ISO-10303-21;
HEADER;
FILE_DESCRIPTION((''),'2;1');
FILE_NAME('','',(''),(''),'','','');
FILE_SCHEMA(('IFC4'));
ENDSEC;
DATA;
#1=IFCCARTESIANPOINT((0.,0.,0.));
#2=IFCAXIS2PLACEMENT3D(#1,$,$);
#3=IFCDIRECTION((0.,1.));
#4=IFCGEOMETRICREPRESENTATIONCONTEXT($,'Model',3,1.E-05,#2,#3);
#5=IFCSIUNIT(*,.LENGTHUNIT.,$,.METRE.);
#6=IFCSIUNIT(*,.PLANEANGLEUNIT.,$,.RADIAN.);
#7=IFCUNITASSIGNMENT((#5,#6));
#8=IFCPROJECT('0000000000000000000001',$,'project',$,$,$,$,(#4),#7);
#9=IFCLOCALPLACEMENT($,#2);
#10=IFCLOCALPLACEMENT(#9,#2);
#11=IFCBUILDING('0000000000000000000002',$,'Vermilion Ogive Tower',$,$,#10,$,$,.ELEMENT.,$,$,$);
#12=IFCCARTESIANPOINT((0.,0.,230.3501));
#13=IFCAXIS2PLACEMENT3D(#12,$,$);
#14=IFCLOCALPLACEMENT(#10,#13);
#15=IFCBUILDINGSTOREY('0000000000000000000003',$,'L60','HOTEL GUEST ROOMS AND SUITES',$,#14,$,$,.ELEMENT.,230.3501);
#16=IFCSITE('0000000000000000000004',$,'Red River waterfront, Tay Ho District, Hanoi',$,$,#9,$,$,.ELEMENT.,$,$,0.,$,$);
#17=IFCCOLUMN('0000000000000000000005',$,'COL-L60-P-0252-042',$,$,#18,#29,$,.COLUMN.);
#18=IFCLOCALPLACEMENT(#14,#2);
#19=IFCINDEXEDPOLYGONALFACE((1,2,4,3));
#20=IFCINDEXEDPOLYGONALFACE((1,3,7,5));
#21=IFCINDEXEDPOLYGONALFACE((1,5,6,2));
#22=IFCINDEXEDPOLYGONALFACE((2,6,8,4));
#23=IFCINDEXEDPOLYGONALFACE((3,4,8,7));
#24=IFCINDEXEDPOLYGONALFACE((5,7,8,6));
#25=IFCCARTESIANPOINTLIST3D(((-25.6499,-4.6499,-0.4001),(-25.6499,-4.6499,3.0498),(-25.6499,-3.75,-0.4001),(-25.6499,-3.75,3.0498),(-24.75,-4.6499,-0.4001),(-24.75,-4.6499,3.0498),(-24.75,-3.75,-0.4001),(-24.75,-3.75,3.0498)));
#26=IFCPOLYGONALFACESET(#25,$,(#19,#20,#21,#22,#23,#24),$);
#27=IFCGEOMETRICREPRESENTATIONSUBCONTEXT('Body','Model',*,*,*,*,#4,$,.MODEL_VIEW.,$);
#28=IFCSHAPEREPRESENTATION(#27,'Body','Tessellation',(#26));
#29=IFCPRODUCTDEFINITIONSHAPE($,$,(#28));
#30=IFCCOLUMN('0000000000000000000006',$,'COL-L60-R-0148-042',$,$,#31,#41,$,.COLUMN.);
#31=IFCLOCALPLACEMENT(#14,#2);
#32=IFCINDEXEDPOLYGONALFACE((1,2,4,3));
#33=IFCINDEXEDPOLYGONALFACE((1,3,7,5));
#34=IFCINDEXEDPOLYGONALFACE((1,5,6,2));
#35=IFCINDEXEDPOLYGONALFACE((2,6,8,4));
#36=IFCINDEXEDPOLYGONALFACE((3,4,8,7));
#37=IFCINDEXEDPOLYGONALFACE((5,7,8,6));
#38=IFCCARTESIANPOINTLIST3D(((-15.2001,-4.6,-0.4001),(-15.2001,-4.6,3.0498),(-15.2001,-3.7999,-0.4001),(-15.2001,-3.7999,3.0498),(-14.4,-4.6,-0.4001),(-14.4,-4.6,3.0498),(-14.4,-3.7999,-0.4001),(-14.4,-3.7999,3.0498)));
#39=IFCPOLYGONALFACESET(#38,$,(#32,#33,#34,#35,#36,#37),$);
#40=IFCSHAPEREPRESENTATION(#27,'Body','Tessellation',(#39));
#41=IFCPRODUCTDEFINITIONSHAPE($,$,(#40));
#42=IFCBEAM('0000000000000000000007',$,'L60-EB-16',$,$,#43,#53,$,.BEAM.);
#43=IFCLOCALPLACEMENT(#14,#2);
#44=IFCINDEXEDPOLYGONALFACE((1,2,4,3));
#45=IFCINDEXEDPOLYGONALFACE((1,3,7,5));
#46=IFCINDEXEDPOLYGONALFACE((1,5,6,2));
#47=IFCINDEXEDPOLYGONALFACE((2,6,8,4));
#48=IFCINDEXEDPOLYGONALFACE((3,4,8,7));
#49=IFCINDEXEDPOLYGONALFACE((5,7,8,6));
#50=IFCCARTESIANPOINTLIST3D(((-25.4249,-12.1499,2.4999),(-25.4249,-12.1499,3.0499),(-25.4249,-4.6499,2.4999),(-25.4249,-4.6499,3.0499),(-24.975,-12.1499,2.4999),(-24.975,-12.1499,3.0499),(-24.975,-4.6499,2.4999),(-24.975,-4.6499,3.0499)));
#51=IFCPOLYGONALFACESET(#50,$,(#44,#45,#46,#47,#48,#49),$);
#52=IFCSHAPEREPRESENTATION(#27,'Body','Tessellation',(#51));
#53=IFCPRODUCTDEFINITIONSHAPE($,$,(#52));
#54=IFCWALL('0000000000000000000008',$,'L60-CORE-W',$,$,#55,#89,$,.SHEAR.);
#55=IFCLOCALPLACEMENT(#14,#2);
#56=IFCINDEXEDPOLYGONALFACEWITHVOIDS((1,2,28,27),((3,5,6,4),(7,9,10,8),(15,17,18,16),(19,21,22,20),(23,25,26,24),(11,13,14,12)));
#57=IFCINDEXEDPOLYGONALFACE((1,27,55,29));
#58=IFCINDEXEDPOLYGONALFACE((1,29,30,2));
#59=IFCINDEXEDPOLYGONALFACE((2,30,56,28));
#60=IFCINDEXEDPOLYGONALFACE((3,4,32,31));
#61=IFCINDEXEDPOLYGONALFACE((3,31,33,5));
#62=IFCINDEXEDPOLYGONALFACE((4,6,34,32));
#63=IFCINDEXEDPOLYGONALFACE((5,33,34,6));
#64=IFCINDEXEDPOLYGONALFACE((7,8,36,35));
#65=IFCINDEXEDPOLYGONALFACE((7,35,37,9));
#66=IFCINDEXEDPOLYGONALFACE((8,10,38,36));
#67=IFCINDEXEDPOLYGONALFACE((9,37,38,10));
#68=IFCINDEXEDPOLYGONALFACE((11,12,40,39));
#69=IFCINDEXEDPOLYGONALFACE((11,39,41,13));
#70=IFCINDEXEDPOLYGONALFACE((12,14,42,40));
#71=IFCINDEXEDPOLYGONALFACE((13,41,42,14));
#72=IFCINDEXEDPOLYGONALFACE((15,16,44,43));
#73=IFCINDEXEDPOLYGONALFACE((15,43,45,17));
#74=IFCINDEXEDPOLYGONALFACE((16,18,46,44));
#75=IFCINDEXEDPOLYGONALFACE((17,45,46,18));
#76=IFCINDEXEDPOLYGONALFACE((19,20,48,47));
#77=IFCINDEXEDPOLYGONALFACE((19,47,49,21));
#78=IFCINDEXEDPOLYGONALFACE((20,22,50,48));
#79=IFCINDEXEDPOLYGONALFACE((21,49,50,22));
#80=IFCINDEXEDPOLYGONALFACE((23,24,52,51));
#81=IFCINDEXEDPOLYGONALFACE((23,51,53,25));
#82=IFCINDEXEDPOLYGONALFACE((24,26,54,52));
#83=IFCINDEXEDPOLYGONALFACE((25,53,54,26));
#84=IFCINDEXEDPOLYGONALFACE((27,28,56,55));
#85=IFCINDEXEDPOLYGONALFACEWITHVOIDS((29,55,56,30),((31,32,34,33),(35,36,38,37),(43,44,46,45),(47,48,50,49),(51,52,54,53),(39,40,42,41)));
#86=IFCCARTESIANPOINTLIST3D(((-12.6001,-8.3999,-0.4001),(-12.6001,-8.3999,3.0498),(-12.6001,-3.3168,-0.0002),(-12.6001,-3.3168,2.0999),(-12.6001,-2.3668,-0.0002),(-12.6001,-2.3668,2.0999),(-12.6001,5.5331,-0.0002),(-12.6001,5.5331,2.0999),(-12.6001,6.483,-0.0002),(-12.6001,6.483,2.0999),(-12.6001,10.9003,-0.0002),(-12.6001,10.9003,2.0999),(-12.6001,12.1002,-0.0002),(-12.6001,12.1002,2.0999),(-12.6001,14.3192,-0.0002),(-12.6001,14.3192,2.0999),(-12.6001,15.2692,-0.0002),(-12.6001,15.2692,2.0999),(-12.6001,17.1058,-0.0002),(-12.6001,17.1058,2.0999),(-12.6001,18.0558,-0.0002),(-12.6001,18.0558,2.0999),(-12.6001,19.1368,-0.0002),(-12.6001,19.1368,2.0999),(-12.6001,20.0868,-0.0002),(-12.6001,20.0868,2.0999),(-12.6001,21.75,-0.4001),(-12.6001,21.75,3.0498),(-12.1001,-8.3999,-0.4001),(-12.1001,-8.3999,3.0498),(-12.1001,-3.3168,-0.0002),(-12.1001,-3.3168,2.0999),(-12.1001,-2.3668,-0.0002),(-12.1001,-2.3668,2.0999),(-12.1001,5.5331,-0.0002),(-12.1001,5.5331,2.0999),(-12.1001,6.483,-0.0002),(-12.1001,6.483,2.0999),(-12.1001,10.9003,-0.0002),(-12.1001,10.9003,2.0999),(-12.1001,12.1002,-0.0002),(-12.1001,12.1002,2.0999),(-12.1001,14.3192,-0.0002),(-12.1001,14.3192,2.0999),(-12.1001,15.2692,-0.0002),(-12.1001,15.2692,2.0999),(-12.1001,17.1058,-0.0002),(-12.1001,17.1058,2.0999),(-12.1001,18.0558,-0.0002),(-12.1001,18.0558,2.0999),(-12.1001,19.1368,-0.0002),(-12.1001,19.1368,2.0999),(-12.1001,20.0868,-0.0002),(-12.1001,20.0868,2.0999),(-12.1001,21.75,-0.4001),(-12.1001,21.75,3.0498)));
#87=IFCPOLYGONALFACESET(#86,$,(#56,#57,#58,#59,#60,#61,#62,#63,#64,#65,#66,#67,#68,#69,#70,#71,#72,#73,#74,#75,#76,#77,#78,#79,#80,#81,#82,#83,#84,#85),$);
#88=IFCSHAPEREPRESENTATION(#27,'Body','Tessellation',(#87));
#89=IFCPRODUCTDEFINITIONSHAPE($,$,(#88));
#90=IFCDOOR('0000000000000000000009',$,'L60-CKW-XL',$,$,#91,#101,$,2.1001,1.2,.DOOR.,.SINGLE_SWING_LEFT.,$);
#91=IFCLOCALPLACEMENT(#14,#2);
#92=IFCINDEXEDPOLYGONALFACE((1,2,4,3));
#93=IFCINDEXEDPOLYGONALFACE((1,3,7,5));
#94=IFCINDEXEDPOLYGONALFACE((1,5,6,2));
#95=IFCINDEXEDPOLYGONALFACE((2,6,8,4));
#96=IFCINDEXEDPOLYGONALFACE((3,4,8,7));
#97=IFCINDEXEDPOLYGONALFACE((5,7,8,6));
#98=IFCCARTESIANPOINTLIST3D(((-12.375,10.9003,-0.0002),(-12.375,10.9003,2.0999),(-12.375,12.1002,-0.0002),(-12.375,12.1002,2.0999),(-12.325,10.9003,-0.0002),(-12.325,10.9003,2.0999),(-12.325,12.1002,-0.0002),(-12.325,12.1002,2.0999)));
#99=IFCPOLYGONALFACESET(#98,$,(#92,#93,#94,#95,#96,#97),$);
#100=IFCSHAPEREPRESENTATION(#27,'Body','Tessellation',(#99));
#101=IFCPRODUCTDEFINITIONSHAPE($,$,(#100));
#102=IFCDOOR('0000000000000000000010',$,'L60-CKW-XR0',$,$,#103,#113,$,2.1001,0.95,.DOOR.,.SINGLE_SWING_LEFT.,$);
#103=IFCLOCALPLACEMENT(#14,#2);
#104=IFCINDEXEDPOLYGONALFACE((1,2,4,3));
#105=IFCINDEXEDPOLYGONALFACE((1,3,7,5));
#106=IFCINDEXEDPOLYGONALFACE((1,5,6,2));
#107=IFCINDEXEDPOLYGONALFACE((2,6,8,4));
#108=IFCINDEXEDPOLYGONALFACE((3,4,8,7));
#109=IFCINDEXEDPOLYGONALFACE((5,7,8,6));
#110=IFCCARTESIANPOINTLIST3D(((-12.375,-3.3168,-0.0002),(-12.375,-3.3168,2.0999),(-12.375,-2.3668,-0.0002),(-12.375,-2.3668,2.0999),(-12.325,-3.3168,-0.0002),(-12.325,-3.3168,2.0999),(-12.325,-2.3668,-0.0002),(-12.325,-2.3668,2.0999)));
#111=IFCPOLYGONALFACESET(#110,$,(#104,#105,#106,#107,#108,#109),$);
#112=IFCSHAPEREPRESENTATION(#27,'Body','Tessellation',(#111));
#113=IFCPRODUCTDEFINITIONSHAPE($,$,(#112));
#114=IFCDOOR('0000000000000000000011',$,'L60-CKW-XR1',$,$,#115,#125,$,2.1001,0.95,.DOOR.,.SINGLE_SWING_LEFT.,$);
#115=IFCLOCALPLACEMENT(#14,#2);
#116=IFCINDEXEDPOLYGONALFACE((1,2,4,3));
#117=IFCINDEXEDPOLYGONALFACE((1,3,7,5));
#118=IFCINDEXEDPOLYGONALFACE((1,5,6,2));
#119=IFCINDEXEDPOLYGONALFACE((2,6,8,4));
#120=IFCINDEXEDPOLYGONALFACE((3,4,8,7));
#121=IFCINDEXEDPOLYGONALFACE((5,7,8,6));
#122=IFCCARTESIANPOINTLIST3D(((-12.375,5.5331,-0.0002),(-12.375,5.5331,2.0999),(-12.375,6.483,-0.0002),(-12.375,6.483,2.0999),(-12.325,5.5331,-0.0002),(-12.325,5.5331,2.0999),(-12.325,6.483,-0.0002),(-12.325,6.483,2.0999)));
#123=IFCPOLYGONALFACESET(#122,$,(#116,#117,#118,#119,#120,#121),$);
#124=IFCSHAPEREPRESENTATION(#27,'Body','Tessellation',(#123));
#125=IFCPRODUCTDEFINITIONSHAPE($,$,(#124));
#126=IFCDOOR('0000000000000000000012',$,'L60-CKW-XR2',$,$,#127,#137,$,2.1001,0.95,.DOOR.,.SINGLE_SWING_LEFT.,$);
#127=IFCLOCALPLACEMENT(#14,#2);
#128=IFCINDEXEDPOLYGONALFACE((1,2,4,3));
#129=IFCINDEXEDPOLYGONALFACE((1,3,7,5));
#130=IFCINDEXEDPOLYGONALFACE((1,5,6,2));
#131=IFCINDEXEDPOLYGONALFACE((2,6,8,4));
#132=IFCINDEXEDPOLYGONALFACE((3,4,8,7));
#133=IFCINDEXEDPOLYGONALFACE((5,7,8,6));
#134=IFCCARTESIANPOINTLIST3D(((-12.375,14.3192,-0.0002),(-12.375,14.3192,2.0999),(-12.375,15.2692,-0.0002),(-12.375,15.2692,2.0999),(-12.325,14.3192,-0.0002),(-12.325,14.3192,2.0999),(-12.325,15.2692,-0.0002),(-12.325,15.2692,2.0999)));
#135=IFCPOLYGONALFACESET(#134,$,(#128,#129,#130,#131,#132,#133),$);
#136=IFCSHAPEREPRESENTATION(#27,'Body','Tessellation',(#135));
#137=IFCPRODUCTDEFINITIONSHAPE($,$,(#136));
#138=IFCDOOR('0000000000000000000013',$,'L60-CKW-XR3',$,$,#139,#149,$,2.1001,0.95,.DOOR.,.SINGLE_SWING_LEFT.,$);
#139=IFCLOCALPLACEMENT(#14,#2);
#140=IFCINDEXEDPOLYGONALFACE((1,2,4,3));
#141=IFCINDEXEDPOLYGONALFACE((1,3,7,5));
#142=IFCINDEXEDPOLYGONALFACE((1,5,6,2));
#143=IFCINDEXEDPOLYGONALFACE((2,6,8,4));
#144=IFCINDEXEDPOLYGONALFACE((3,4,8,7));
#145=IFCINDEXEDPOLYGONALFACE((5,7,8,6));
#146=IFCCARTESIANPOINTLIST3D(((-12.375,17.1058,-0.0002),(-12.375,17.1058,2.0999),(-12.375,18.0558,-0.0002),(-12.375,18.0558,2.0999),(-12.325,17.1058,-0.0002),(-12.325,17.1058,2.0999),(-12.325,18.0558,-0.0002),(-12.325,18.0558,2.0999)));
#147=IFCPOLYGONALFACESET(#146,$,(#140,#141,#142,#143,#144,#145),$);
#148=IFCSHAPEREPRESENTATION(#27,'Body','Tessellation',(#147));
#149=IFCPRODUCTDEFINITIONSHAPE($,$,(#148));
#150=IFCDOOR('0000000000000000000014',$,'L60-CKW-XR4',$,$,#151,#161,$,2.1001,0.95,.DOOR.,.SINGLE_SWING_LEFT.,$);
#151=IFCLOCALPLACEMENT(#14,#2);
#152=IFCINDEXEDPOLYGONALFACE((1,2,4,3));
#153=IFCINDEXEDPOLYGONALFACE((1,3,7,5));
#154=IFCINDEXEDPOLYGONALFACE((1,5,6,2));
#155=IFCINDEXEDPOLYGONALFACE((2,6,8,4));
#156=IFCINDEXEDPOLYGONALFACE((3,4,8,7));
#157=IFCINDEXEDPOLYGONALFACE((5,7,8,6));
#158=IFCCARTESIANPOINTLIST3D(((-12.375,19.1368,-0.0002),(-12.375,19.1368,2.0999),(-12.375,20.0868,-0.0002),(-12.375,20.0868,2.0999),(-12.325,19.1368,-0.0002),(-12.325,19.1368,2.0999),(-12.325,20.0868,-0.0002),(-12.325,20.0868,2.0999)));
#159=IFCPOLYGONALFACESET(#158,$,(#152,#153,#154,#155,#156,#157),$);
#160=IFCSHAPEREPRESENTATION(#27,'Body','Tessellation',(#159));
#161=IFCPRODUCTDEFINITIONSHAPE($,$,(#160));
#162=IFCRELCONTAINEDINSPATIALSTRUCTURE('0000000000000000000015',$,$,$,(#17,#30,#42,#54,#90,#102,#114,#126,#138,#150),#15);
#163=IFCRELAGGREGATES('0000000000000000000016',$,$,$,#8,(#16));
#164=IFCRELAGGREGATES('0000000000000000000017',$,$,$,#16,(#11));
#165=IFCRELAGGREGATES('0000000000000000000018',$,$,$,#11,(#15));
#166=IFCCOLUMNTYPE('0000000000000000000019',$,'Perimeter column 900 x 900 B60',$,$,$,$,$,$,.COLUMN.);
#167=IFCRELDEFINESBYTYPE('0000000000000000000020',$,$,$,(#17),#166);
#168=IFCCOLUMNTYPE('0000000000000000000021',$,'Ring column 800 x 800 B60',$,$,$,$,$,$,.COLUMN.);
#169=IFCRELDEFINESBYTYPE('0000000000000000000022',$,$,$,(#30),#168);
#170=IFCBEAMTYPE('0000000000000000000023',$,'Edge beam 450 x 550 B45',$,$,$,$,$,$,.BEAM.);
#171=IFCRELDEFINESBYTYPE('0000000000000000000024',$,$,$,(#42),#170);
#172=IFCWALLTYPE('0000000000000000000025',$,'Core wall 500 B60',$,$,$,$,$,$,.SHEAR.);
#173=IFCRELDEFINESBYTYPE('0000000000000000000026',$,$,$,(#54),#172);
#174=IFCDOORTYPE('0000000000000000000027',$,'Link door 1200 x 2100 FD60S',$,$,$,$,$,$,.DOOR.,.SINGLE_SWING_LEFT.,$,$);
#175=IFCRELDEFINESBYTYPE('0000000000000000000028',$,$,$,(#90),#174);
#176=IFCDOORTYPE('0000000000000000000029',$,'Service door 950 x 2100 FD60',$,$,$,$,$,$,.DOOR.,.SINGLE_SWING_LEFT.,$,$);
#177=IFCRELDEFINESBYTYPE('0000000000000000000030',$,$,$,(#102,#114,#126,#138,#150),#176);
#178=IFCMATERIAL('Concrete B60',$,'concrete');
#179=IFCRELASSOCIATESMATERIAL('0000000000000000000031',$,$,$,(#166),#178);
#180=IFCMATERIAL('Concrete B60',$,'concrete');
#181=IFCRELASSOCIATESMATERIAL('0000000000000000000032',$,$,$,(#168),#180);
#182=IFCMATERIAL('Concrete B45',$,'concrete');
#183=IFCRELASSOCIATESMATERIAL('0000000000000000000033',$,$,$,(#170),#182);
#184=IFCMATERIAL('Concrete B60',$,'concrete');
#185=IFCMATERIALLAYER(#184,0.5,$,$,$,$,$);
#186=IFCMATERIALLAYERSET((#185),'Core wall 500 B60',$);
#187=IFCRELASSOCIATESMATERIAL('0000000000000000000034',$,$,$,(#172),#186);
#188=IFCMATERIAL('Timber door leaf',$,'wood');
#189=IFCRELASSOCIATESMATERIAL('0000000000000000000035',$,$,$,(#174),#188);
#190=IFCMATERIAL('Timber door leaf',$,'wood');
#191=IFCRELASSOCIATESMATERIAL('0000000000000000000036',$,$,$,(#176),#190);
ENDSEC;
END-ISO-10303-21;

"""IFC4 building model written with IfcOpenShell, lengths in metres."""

from ifc_helpers import new_model, si_unit, direction, frame, frame_2d, origin, origin_2d, place, context, subcontext, project, spatial, rectangle, extrude, material, layer, layer_set, material_profile, profile_set, type_object, element, fill, save


model = new_model("IFC4")

# Units and contexts
model_context = context("Model", 3, precision=1e-05, world=origin(), true_north=direction((0.0, 1.0)))
body_context = subcontext(model_context, "Body", "Model", "MODEL_VIEW")
ifc_project = project(units=[si_unit("LENGTHUNIT", "METRE"), si_unit("PLANEANGLEUNIT", "RADIAN")], contexts=[model_context])

# Site, building, storey
site_placement = place(None, origin())
site = spatial("IfcSite", under=ifc_project, at=site_placement, Name="Red River waterfront, Tay Ho District, Hanoi", CompositionType="ELEMENT", RefElevation=0.0)
building_placement = place(site_placement, origin())
building = spatial("IfcBuilding", under=site, at=building_placement, Name="Vermilion Ogive Tower", CompositionType="ELEMENT")
storey_placement = place(building_placement, frame((0.0, 0.0, 230.3501)))
storey = spatial("IfcBuildingStorey", under=building, at=storey_placement, Name="L60", Description="HOTEL GUEST ROOMS AND SUITES", CompositionType="ELEMENT", Elevation=230.3501)

# Columns
ifc_material_1 = material(Name="Concrete B60", Category="concrete")
ifc_material_profile_1 = material_profile(ifc_material_1, rectangle(XDim=0.8999, YDim=0.8999, at=origin_2d()), Name="900 x 900")
ifc_profile_set_1 = profile_set([ifc_material_profile_1], Name="Concrete B60")
column_type_1 = type_object("IfcColumnType", Name="Perimeter column 900 x 900 B60", PredefinedType="COLUMN", material=ifc_profile_set_1)
column_1_placement = place(storey_placement, frame((-25.2, -4.2, -0.4001), z_axis=(0.0, 0.0, 1.0), x_axis=(1.0, 0.0, 0.0)))
element("IfcColumn", 1, at=column_1_placement, inside=storey, type_object=column_type_1, Name="COL-L60-P-0252-042", PredefinedType="COLUMN", context=body_context, shape_type="SweptSolid", body=[
    extrude(rectangle(XDim=0.8999, YDim=0.8999, at=origin_2d()), origin(), (0.0, 0.0, 1.0), 3.45),
])
ifc_material_2 = material(Name="Concrete B60", Category="concrete")
ifc_material_profile_2 = material_profile(ifc_material_2, rectangle(XDim=0.8, YDim=0.8, at=origin_2d()), Name="800 x 800")
ifc_profile_set_2 = profile_set([ifc_material_profile_2], Name="Concrete B60")
column_type_2 = type_object("IfcColumnType", Name="Ring column 800 x 800 B60", PredefinedType="COLUMN", material=ifc_profile_set_2)
column_2_placement = place(storey_placement, frame((-14.8, -4.2, -0.4001), z_axis=(0.0, 0.0, 1.0), x_axis=(1.0, 0.0, 0.0)))
element("IfcColumn", 2, at=column_2_placement, inside=storey, type_object=column_type_2, Name="COL-L60-R-0148-042", PredefinedType="COLUMN", context=body_context, shape_type="SweptSolid", body=[
    extrude(rectangle(XDim=0.8, YDim=0.8, at=origin_2d()), origin(), (0.0, 0.0, 1.0), 3.45),
])

# Beam
ifc_material_3 = material(Name="Concrete B45", Category="concrete")
ifc_material_profile_3 = material_profile(ifc_material_3, rectangle(XDim=0.45, YDim=0.55, at=origin_2d()), Name="450 x 550")
ifc_profile_set_3 = profile_set([ifc_material_profile_3], Name="Concrete B45")
beam_type = type_object("IfcBeamType", Name="Edge beam 450 x 550 B45", PredefinedType="BEAM", material=ifc_profile_set_3)
beam_placement = place(storey_placement, frame((-25.2, -4.6499, 2.7749), z_axis=(0.0, -1.0, 0.0), x_axis=(1.0, 0.0, 0.0)))
element("IfcBeam", 3, at=beam_placement, inside=storey, type_object=beam_type, Name="L60-EB-16", PredefinedType="BEAM", context=body_context, shape_type="SweptSolid", body=[
    extrude(rectangle(XDim=0.45, YDim=0.55, at=origin_2d()), origin(), (0.0, 0.0, 1.0), 7.5),
])

# Wall, openings, doors
ifc_material_4 = material(Name="Concrete B60", Category="concrete")
ifc_layer_1 = layer(ifc_material_4, 0.5)
ifc_layer_set_1 = layer_set([ifc_layer_1], Name="Core wall 500 B60")
wall_type_1 = type_object("IfcWallType", Name="Core wall 500 B60", PredefinedType="SHEAR", material=ifc_layer_set_1)
wall_1_placement = place(storey_placement, frame((-12.3501, -8.3999, -0.4001), z_axis=(0.0, 0.0, 1.0), x_axis=(0.0, 1.0, 0.0)))
wall_1 = element("IfcWall", 4, at=wall_1_placement, inside=storey, type_object=wall_type_1, Name="L60-CORE-W", PredefinedType="SHEAR", context=body_context, shape_type="SweptSolid", body=[
    extrude(rectangle(XDim=30.1499, YDim=0.5, at=frame_2d((15.075, 0.0))), origin(), (0.0, 0.0, 1.0), 3.45),
])
opening_1_placement = place(wall_1_placement, frame((5.083, 0.0, 0.3999)))
opening_1 = element("IfcOpeningElement", 5, at=opening_1_placement, cuts=wall_1, PredefinedType="OPENING", context=body_context, shape_type="SweptSolid", body=[
    extrude(rectangle(XDim=0.95, YDim=2.1001, at=frame_2d((0.4751, 1.05))), frame((0.0, 0.26, 0.0), z_axis=(0.0, -1.0, 0.0), x_axis=(1.0, 0.0, 0.0)), (0.0, 0.0, 1.0), 0.52),
])
opening_2_placement = place(wall_1_placement, frame((13.9329, 0.0, 0.3999)))
opening_2 = element("IfcOpeningElement", 6, at=opening_2_placement, cuts=wall_1, PredefinedType="OPENING", context=body_context, shape_type="SweptSolid", body=[
    extrude(rectangle(XDim=0.95, YDim=2.1001, at=frame_2d((0.4751, 1.05))), frame((0.0, 0.26, 0.0), z_axis=(0.0, -1.0, 0.0), x_axis=(1.0, 0.0, 0.0)), (0.0, 0.0, 1.0), 0.52),
])
opening_3_placement = place(wall_1_placement, frame((22.719, 0.0, 0.3999)))
opening_3 = element("IfcOpeningElement", 7, at=opening_3_placement, cuts=wall_1, PredefinedType="OPENING", context=body_context, shape_type="SweptSolid", body=[
    extrude(rectangle(XDim=0.95, YDim=2.1001, at=frame_2d((0.4751, 1.05))), frame((0.0, 0.26, 0.0), z_axis=(0.0, -1.0, 0.0), x_axis=(1.0, 0.0, 0.0)), (0.0, 0.0, 1.0), 0.52),
])
opening_4_placement = place(wall_1_placement, frame((25.5056, 0.0, 0.3999)))
opening_4 = element("IfcOpeningElement", 8, at=opening_4_placement, cuts=wall_1, PredefinedType="OPENING", context=body_context, shape_type="SweptSolid", body=[
    extrude(rectangle(XDim=0.95, YDim=2.1001, at=frame_2d((0.4751, 1.05))), frame((0.0, 0.26, 0.0), z_axis=(0.0, -1.0, 0.0), x_axis=(1.0, 0.0, 0.0)), (0.0, 0.0, 1.0), 0.52),
])
opening_5_placement = place(wall_1_placement, frame((27.5366, 0.0, 0.3999)))
opening_5 = element("IfcOpeningElement", 9, at=opening_5_placement, cuts=wall_1, PredefinedType="OPENING", context=body_context, shape_type="SweptSolid", body=[
    extrude(rectangle(XDim=0.95, YDim=2.1001, at=frame_2d((0.4751, 1.05))), frame((0.0, 0.26, 0.0), z_axis=(0.0, -1.0, 0.0), x_axis=(1.0, 0.0, 0.0)), (0.0, 0.0, 1.0), 0.52),
])
opening_6_placement = place(wall_1_placement, frame((19.3, 0.0, 0.3999)))
opening_6 = element("IfcOpeningElement", 10, at=opening_6_placement, cuts=wall_1, PredefinedType="OPENING", context=body_context, shape_type="SweptSolid", body=[
    extrude(rectangle(XDim=1.2, YDim=2.1001, at=frame_2d((0.6001, 1.05))), frame((0.0, 0.26, 0.0), z_axis=(0.0, -1.0, 0.0), x_axis=(1.0, 0.0, 0.0)), (0.0, 0.0, 1.0), 0.52),
])
ifc_material_5 = material(Name="Timber door leaf", Category="wood")
door_type_1 = type_object("IfcDoorType", Name="Link door 1200 x 2100 FD60S", OperationType="SINGLE_SWING_LEFT", PredefinedType="DOOR", material=ifc_material_5)
door_1_placement = place(opening_6_placement, origin())
door_1 = element("IfcDoor", 11, at=door_1_placement, inside=storey, type_object=door_type_1, Name="L60-CKW-XL", OperationType="SINGLE_SWING_LEFT", OverallHeight=2.1001, OverallWidth=1.2, PredefinedType="DOOR", context=body_context, shape_type="SweptSolid", body=[
    extrude(rectangle(XDim=1.2, YDim=2.1001, at=frame_2d((0.6001, 1.05))), frame((0.0, 0.0249, 0.0), z_axis=(0.0, -1.0, 0.0), x_axis=(1.0, 0.0, 0.0)), (0.0, 0.0, 1.0), 0.05),
])
fill(opening_6, door_1)
ifc_material_6 = material(Name="Timber door leaf", Category="wood")
door_type_2 = type_object("IfcDoorType", Name="Service door 950 x 2100 FD60", OperationType="SINGLE_SWING_LEFT", PredefinedType="DOOR", material=ifc_material_6)
door_2_placement = place(opening_1_placement, origin())
door_2 = element("IfcDoor", 12, at=door_2_placement, inside=storey, type_object=door_type_2, Name="L60-CKW-XR0", OperationType="SINGLE_SWING_LEFT", OverallHeight=2.1001, OverallWidth=0.95, PredefinedType="DOOR", context=body_context, shape_type="SweptSolid", body=[
    extrude(rectangle(XDim=0.95, YDim=2.1001, at=frame_2d((0.4751, 1.05))), frame((0.0, 0.0249, 0.0), z_axis=(0.0, -1.0, 0.0), x_axis=(1.0, 0.0, 0.0)), (0.0, 0.0, 1.0), 0.05),
])
fill(opening_1, door_2)
door_3_placement = place(opening_2_placement, origin())
door_3 = element("IfcDoor", 13, at=door_3_placement, inside=storey, type_object=door_type_2, Name="L60-CKW-XR1", OperationType="SINGLE_SWING_LEFT", OverallHeight=2.1001, OverallWidth=0.95, PredefinedType="DOOR", context=body_context, shape_type="SweptSolid", body=[
    extrude(rectangle(XDim=0.95, YDim=2.1001, at=frame_2d((0.4751, 1.05))), frame((0.0, 0.0249, 0.0), z_axis=(0.0, -1.0, 0.0), x_axis=(1.0, 0.0, 0.0)), (0.0, 0.0, 1.0), 0.05),
])
fill(opening_2, door_3)
door_4_placement = place(opening_3_placement, origin())
door_4 = element("IfcDoor", 14, at=door_4_placement, inside=storey, type_object=door_type_2, Name="L60-CKW-XR2", OperationType="SINGLE_SWING_LEFT", OverallHeight=2.1001, OverallWidth=0.95, PredefinedType="DOOR", context=body_context, shape_type="SweptSolid", body=[
    extrude(rectangle(XDim=0.95, YDim=2.1001, at=frame_2d((0.4751, 1.05))), frame((0.0, 0.0249, 0.0), z_axis=(0.0, -1.0, 0.0), x_axis=(1.0, 0.0, 0.0)), (0.0, 0.0, 1.0), 0.05),
])
fill(opening_3, door_4)
door_5_placement = place(opening_4_placement, origin())
door_5 = element("IfcDoor", 15, at=door_5_placement, inside=storey, type_object=door_type_2, Name="L60-CKW-XR3", OperationType="SINGLE_SWING_LEFT", OverallHeight=2.1001, OverallWidth=0.95, PredefinedType="DOOR", context=body_context, shape_type="SweptSolid", body=[
    extrude(rectangle(XDim=0.95, YDim=2.1001, at=frame_2d((0.4751, 1.05))), frame((0.0, 0.0249, 0.0), z_axis=(0.0, -1.0, 0.0), x_axis=(1.0, 0.0, 0.0)), (0.0, 0.0, 1.0), 0.05),
])
fill(opening_4, door_5)
door_6_placement = place(opening_5_placement, origin())
door_6 = element("IfcDoor", 16, at=door_6_placement, inside=storey, type_object=door_type_2, Name="L60-CKW-XR4", OperationType="SINGLE_SWING_LEFT", OverallHeight=2.1001, OverallWidth=0.95, PredefinedType="DOOR", context=body_context, shape_type="SweptSolid", body=[
    extrude(rectangle(XDim=0.95, YDim=2.1001, at=frame_2d((0.4751, 1.05))), frame((0.0, 0.0249, 0.0), z_axis=(0.0, -1.0, 0.0), x_axis=(1.0, 0.0, 0.0)), (0.0, 0.0, 1.0), 0.05),
])
fill(opening_5, door_6)

save(model, "model.ifc")
